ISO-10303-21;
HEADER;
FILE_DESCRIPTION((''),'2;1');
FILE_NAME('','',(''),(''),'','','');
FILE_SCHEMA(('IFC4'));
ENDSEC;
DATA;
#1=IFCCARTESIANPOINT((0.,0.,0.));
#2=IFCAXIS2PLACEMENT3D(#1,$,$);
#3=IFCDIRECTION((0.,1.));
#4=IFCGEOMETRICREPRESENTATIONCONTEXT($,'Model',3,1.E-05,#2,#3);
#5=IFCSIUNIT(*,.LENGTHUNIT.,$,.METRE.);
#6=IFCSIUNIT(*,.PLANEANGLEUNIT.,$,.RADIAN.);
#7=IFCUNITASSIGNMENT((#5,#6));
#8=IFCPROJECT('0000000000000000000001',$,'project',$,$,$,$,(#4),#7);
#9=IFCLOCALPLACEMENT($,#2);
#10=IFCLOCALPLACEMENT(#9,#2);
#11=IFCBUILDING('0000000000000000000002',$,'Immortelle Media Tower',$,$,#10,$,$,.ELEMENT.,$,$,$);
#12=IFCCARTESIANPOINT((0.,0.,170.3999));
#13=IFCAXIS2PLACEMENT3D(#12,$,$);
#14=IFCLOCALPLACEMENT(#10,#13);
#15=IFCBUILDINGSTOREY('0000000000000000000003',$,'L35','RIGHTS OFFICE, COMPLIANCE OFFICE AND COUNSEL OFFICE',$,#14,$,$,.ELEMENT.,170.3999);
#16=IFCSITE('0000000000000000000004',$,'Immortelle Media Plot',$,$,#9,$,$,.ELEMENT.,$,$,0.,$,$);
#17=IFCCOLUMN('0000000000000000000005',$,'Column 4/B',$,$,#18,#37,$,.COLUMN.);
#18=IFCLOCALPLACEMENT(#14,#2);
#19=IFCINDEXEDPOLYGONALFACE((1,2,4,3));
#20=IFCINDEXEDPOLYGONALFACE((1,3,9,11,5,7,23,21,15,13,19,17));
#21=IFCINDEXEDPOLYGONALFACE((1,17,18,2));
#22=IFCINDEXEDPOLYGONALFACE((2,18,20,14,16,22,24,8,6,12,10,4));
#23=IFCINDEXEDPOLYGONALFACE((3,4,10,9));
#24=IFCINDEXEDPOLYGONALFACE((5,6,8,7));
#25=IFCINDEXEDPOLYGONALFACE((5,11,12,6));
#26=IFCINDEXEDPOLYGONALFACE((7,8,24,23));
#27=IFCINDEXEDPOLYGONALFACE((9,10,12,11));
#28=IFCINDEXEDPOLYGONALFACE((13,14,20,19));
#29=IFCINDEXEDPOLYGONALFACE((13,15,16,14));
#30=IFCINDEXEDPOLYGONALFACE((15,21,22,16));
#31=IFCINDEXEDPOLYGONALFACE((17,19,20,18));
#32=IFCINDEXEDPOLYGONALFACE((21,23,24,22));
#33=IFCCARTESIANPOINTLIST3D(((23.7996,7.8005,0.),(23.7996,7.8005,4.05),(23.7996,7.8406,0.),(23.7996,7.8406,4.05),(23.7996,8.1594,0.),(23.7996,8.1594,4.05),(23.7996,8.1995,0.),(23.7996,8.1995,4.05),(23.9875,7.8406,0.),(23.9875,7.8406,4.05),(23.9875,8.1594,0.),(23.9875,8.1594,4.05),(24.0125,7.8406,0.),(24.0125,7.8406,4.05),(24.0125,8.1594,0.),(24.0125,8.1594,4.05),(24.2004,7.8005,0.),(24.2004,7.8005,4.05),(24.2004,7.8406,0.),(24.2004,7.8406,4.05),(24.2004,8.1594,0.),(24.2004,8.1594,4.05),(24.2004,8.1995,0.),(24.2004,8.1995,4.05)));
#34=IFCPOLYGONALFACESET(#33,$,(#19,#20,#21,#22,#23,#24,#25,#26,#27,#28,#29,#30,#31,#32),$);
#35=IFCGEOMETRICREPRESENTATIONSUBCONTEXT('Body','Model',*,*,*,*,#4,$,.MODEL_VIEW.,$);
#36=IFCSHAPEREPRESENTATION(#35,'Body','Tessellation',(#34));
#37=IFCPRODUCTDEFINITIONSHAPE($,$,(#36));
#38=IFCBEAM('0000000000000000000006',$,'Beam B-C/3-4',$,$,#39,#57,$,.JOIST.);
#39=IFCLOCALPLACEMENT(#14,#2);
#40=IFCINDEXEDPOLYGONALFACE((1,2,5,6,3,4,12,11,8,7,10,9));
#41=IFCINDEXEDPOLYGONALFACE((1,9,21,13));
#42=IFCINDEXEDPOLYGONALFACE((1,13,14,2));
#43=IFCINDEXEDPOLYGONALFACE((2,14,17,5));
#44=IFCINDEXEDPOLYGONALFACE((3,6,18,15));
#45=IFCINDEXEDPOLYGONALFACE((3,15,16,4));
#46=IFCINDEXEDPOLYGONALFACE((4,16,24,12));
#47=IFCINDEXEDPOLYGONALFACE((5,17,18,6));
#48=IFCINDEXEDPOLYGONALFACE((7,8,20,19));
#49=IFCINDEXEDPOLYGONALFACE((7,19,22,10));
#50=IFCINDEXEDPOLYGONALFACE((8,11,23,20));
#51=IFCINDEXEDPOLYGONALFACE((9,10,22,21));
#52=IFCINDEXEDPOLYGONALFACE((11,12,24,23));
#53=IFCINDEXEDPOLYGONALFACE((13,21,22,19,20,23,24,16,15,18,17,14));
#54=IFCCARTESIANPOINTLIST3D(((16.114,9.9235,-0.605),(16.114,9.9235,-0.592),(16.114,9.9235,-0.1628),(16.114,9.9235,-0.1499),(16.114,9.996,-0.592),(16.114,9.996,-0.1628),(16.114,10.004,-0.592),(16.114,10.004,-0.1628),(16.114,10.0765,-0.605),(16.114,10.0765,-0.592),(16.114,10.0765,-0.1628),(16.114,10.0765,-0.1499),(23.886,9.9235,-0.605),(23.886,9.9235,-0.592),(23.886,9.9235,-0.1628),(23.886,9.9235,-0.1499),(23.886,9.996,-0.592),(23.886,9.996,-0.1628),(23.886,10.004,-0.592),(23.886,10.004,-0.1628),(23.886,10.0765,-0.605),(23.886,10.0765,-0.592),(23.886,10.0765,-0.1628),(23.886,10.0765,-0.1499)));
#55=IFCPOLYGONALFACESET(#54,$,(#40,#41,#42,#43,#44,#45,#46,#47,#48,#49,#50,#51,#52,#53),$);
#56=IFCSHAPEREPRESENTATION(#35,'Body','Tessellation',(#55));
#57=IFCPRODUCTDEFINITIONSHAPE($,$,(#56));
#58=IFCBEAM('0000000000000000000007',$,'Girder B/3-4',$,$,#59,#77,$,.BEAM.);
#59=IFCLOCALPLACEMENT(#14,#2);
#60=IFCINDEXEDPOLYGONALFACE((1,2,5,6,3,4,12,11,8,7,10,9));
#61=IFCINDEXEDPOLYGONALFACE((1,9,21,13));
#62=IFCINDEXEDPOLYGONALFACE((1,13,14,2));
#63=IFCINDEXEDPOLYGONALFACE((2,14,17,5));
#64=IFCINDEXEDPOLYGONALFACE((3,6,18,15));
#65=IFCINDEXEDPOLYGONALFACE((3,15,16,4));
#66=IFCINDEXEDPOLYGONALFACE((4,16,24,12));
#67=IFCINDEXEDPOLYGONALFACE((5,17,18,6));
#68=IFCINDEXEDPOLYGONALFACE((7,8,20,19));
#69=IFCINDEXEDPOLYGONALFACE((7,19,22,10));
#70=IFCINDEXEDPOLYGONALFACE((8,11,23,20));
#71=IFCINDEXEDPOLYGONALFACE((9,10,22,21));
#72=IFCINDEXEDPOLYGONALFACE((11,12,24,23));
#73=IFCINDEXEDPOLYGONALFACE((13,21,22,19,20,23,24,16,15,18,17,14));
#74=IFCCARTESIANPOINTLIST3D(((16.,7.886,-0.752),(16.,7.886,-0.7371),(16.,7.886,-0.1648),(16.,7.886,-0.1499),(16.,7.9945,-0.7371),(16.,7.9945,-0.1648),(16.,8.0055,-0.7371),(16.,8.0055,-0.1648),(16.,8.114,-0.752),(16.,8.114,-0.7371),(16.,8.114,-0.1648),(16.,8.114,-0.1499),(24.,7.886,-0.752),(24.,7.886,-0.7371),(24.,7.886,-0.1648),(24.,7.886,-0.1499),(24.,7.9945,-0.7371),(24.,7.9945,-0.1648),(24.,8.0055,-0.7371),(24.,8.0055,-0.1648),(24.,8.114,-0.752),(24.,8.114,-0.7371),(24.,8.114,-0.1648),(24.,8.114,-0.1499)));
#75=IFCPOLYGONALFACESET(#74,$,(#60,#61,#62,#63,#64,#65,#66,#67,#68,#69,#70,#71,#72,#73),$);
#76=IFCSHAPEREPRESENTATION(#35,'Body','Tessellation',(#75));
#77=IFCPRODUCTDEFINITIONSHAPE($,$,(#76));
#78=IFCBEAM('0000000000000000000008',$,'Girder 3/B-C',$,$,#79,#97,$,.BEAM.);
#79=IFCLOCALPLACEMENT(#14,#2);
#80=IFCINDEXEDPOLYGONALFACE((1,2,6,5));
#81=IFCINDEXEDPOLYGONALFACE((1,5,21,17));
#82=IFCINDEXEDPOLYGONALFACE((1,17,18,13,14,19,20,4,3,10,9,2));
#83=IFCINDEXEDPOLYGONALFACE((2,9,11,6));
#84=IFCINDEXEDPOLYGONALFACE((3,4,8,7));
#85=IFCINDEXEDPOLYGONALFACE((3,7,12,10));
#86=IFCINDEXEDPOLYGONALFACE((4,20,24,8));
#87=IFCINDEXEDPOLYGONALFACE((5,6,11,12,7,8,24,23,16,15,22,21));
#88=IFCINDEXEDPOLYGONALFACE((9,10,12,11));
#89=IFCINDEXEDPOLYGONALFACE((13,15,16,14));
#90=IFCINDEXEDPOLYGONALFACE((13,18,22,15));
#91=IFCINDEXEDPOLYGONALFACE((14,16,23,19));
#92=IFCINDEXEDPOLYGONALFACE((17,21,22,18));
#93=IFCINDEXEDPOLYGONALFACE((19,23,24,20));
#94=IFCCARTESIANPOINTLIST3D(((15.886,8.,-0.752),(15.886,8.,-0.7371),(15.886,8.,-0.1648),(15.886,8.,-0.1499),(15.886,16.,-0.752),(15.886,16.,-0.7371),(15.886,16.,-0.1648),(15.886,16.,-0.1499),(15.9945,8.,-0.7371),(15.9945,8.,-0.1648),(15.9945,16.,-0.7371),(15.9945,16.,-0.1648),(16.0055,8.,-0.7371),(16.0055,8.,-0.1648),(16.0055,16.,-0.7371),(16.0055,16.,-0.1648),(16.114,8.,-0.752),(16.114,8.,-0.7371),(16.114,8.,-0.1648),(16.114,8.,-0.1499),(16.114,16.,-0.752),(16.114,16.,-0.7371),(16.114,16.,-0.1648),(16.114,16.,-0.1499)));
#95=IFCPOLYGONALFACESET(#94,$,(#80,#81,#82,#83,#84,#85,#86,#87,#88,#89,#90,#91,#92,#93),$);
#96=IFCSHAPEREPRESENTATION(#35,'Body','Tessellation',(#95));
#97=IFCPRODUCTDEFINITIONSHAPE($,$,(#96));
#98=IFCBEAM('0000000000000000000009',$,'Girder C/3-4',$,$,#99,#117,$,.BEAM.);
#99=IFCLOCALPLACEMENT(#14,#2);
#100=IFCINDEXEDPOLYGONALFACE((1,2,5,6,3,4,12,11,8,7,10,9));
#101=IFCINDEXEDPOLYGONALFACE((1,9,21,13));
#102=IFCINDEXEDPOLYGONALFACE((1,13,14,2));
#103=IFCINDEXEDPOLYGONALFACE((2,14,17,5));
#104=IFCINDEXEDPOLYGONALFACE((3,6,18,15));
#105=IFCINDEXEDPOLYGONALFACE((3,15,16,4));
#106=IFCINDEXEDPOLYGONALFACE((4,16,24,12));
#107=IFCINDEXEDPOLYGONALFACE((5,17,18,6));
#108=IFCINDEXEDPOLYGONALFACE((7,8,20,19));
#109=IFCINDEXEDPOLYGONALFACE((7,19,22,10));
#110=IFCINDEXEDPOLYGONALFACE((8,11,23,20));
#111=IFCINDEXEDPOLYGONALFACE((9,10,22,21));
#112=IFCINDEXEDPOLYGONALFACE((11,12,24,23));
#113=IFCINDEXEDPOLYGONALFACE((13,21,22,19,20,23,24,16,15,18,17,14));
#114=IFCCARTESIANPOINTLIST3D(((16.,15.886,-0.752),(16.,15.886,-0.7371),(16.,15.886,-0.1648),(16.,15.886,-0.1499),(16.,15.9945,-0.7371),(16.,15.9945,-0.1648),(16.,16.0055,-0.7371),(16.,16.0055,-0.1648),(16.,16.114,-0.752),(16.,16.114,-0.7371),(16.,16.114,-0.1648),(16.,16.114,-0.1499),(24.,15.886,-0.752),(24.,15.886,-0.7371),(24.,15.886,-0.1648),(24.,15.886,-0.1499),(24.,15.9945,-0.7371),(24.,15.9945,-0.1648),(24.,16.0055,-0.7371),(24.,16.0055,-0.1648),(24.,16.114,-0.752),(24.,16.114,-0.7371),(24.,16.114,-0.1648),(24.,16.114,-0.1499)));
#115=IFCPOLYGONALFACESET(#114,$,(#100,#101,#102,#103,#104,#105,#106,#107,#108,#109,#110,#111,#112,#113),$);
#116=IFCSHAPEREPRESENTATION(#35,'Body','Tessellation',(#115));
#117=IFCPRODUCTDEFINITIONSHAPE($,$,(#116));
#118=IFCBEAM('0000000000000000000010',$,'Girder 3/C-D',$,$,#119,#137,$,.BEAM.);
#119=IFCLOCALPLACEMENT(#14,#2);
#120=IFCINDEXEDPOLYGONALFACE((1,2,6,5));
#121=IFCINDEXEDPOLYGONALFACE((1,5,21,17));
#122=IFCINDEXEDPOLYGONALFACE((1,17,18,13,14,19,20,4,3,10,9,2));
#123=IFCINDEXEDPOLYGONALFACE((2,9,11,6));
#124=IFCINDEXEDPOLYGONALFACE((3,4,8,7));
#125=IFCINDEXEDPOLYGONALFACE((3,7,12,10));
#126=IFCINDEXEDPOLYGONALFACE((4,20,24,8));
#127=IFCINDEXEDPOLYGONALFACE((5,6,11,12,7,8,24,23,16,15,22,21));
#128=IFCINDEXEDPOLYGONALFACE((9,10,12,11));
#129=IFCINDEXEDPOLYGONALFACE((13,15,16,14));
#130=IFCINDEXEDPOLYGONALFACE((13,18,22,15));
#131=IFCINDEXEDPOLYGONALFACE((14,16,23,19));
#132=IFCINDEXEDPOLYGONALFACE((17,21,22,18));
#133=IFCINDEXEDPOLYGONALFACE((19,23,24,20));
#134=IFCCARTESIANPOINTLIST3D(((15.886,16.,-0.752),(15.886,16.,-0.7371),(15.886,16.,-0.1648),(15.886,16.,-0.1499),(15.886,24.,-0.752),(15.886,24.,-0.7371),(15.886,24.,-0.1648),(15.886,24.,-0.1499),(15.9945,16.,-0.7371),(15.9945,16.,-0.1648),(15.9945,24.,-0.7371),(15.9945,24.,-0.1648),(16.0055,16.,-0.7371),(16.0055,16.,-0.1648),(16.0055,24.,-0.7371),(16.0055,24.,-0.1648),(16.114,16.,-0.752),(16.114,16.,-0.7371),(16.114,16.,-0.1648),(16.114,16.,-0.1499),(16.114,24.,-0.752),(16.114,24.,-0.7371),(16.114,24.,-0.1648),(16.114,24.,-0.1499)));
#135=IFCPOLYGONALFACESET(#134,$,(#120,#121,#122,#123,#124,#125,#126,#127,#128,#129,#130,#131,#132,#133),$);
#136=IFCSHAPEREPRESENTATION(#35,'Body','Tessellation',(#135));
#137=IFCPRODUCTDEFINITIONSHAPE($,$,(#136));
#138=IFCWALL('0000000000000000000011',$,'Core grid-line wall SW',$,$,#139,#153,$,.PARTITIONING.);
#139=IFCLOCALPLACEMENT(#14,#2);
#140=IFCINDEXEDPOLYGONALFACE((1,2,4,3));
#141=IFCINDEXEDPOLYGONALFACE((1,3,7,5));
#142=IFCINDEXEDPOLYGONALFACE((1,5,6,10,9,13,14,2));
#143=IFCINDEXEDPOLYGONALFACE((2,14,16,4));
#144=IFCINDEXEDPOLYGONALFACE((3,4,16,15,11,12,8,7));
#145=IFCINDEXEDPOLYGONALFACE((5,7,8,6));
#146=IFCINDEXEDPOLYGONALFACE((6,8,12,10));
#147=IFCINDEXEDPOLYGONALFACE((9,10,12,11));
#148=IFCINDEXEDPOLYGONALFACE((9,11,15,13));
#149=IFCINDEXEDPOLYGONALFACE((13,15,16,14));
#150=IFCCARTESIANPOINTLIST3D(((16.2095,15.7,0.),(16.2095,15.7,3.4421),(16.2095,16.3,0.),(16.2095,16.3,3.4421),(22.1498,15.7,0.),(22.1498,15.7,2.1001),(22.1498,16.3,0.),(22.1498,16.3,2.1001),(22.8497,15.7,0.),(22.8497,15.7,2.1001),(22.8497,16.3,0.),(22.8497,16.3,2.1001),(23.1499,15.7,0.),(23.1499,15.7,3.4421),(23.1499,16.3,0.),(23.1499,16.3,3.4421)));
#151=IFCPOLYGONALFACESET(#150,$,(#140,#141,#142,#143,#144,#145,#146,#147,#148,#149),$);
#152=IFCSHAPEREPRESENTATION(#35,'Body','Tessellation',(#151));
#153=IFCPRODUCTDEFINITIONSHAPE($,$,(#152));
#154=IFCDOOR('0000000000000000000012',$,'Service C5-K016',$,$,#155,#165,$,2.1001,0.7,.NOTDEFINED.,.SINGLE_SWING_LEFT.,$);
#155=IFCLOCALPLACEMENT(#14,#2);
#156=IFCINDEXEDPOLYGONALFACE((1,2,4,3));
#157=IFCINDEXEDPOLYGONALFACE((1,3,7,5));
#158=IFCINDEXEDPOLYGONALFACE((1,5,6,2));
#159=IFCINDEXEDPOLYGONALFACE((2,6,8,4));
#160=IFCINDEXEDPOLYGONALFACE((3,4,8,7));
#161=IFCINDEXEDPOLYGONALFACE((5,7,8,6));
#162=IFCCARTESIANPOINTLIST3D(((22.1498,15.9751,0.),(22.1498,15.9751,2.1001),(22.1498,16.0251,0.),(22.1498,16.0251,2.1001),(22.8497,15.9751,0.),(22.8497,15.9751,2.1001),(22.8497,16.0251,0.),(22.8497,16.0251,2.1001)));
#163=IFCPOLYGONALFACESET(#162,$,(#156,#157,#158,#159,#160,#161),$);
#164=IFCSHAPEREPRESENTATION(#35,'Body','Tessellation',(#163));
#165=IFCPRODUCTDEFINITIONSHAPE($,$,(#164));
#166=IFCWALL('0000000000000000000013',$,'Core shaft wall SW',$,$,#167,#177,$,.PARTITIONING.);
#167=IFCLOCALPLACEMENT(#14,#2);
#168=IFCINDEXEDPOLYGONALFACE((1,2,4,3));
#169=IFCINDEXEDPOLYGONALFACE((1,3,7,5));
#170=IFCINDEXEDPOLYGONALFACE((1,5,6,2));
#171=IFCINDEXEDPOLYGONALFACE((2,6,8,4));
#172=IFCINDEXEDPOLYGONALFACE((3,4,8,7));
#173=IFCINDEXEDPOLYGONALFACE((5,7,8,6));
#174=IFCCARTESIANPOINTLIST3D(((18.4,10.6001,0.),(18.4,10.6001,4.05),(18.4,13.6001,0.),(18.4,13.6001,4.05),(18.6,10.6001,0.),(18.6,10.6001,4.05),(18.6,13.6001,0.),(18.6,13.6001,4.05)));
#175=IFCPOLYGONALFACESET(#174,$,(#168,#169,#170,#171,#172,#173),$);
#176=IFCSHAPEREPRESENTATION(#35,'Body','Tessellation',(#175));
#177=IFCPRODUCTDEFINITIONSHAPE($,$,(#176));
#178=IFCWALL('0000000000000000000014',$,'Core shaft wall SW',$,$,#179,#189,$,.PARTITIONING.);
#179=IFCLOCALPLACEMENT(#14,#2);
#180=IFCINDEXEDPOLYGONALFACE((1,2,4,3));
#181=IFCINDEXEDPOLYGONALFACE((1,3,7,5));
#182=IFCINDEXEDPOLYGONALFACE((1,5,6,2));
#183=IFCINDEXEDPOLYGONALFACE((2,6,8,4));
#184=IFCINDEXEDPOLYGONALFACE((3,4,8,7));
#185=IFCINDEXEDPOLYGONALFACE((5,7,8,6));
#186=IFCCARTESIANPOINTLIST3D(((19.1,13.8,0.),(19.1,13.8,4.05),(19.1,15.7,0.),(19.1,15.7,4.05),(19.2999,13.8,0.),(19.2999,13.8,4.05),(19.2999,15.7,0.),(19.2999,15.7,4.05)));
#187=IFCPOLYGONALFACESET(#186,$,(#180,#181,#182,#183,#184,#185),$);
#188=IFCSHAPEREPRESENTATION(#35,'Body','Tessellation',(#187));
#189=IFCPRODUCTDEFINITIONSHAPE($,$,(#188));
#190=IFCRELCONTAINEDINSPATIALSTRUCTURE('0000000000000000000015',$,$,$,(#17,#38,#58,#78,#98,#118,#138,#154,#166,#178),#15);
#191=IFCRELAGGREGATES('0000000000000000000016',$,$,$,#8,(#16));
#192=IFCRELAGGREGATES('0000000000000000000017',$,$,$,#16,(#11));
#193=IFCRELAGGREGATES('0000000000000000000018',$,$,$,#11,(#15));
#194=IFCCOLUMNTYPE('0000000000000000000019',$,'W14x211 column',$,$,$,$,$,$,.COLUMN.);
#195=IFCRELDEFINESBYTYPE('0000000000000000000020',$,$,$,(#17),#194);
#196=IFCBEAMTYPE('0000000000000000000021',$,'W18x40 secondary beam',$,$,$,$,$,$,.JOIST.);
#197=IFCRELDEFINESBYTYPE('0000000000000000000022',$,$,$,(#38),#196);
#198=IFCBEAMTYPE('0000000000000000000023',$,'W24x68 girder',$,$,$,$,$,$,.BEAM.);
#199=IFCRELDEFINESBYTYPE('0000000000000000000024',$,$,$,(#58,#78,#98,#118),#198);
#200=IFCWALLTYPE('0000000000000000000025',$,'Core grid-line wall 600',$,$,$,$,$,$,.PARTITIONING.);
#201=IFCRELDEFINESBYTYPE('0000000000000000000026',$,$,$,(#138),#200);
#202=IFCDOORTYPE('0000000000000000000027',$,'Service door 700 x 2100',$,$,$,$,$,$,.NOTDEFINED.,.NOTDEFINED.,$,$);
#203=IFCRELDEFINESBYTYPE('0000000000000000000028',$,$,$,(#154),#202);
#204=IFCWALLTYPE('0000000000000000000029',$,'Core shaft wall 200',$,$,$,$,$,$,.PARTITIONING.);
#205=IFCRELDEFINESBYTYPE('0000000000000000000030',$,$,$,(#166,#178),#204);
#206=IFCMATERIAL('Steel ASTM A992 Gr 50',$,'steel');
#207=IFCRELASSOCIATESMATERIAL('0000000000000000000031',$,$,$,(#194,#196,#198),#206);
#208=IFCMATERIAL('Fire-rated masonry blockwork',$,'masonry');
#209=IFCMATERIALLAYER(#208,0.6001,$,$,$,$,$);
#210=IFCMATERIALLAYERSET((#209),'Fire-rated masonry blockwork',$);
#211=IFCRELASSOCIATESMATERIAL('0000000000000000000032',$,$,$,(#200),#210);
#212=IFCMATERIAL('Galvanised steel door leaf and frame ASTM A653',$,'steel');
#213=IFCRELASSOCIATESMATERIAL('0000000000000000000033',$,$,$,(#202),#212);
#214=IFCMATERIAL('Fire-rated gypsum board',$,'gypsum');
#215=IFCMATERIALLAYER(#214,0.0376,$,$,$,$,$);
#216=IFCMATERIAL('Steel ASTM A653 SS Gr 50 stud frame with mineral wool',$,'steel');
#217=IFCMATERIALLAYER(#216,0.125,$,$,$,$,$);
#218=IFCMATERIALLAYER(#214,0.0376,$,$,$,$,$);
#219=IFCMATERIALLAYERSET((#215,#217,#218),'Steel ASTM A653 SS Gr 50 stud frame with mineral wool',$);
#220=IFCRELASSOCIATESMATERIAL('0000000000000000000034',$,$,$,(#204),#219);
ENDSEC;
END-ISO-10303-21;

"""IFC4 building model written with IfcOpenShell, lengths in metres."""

from ifc_helpers import new_model, si_unit, direction, frame, frame_2d, origin, origin_2d, place, context, subcontext, project, spatial, rectangle, i_section, extrude, material, layer, layer_set, material_profile, profile_set, type_object, element, fill, save


model = new_model("IFC4")

# Units and contexts
model_context = context("Model", 3, precision=1e-05, world=origin(), true_north=direction((0.0, 1.0)))
body_context = subcontext(model_context, "Body", "Model", "MODEL_VIEW")
ifc_project = project(units=[si_unit("LENGTHUNIT", "METRE"), si_unit("PLANEANGLEUNIT", "RADIAN")], contexts=[model_context])

# Site, building, storey
site_placement = place(None, origin())
site = spatial("IfcSite", under=ifc_project, at=site_placement, Name="Immortelle Media Plot", CompositionType="ELEMENT", RefElevation=0.0)
building_placement = place(site_placement, origin())
building = spatial("IfcBuilding", under=site, at=building_placement, Name="Immortelle Media Tower", CompositionType="ELEMENT")
storey_placement = place(building_placement, frame((0.0, 0.0, 170.3999)))
storey = spatial("IfcBuildingStorey", under=building, at=storey_placement, Name="L35", Description="RIGHTS OFFICE, COMPLIANCE OFFICE AND COUNSEL OFFICE", CompositionType="ELEMENT", Elevation=170.3999)

# Column
ifc_material_1 = material(Name="Steel ASTM A992 Gr 50", Category="steel")
ifc_material_profile_1 = material_profile(ifc_material_1, i_section(OverallWidth=0.4009, OverallDepth=0.3989, WebThickness=0.0249, FlangeThickness=0.04, at=origin_2d()), Name="W14x211")
ifc_profile_set_1 = profile_set([ifc_material_profile_1], Name="Steel ASTM A992 Gr 50")
column_type = type_object("IfcColumnType", Name="W14x211 column", PredefinedType="COLUMN", material=ifc_profile_set_1)
column_placement = place(storey_placement, frame((24.0, 8.0, 0.0), z_axis=(0.0, 0.0, 1.0), x_axis=(1.0, 0.0, 0.0)))
element("IfcColumn", 1, at=column_placement, inside=storey, type_object=column_type, Name="Column 4/B", PredefinedType="COLUMN", context=body_context, shape_type="SweptSolid", body=[
    extrude(i_section(OverallWidth=0.4009, OverallDepth=0.3989, WebThickness=0.0249, FlangeThickness=0.04, at=origin_2d()), origin(), (0.0, 0.0, 1.0), 4.05),
])

# Beams
ifc_material_profile_2 = material_profile(ifc_material_1, i_section(OverallWidth=0.1531, OverallDepth=0.4551, WebThickness=0.0081, FlangeThickness=0.0129, at=origin_2d()), Name="W18x40")
ifc_profile_set_2 = profile_set([ifc_material_profile_2], Name="Steel ASTM A992 Gr 50")
beam_type_1 = type_object("IfcBeamType", Name="W18x40 secondary beam", PredefinedType="JOIST", material=ifc_profile_set_2)
beam_placement = place(storey_placement, frame((16.114, 10.0, -0.3774), z_axis=(1.0, 0.0, 0.0), x_axis=(0.0, 1.0, 0.0)))
element("IfcBeam", 2, at=beam_placement, inside=storey, type_object=beam_type_1, Name="Beam B-C/3-4", PredefinedType="JOIST", context=body_context, shape_type="SweptSolid", body=[
    extrude(i_section(OverallWidth=0.1531, OverallDepth=0.4551, WebThickness=0.0081, FlangeThickness=0.0129, at=origin_2d()), origin(), (0.0, 0.0, 1.0), 7.772),
])
ifc_material_profile_3 = material_profile(ifc_material_1, i_section(OverallWidth=0.228, OverallDepth=0.6021, WebThickness=0.011, FlangeThickness=0.0149, at=origin_2d()), Name="W24x68")
ifc_profile_set_3 = profile_set([ifc_material_profile_3], Name="Steel ASTM A992 Gr 50")
beam_type_2 = type_object("IfcBeamType", Name="W24x68 girder", PredefinedType="BEAM", material=ifc_profile_set_3)
for number, where, z_axis, x_axis, name in (
    (3, (16.0, 8.0, -0.4509), (1.0, 0.0, 0.0), (0.0, 1.0, 0.0), "Girder B/3-4"),
    (4, (16.0, 8.0, -0.4509), (0.0, 1.0, 0.0), (-1.0, 0.0, 0.0), "Girder 3/B-C"),
    (5, (16.0, 16.0, -0.4509), (1.0, 0.0, 0.0), (0.0, 1.0, 0.0), "Girder C/3-4"),
    (6, (16.0, 16.0, -0.4509), (0.0, 1.0, 0.0), (-1.0, 0.0, 0.0), "Girder 3/C-D"),
):
    element("IfcBeam", number, at=place(storey_placement, frame(where, z_axis=z_axis, x_axis=x_axis)), inside=storey, type_object=beam_type_2, Name=name, PredefinedType="BEAM", context=body_context, shape_type="SweptSolid", body=[
        extrude(i_section(OverallWidth=0.228, OverallDepth=0.6021, WebThickness=0.011, FlangeThickness=0.0149, at=origin_2d()), origin(), (0.0, 0.0, 1.0), 8.0),
    ])

# Wall, opening, door
ifc_material_2 = material(Name="Fire-rated masonry blockwork", Category="masonry")
ifc_layer_1 = layer(ifc_material_2, 0.6001)
ifc_layer_set_1 = layer_set([ifc_layer_1], Name="Fire-rated masonry blockwork")
wall_type_1 = type_object("IfcWallType", Name="Core grid-line wall 600", PredefinedType="PARTITIONING", material=ifc_layer_set_1)
wall_1_placement = place(storey_placement, frame((16.2095, 16.0, 0.0), z_axis=(0.0, 0.0, 1.0), x_axis=(1.0, 0.0, 0.0)))
wall_1 = element("IfcWall", 7, at=wall_1_placement, inside=storey, type_object=wall_type_1, Name="Core grid-line wall SW", PredefinedType="PARTITIONING", context=body_context, shape_type="SweptSolid", body=[
    extrude(rectangle(XDim=6.9404, YDim=0.6001, at=frame_2d((3.4702, 0.0))), origin(), (0.0, 0.0, 1.0), 3.4421),
])
opening_1_placement = place(wall_1_placement, frame((6.6404, 0.0, 0.0), z_axis=(0.0, 0.0, 1.0), x_axis=(-1.0, 0.0, 0.0)))
opening_1 = element("IfcOpeningElement", 8, at=opening_1_placement, cuts=wall_1, PredefinedType="OPENING", context=body_context, shape_type="SweptSolid", body=[
    extrude(rectangle(XDim=0.7, YDim=2.1001, at=frame_2d((0.3501, 1.05))), frame((0.0, 0.3101, 0.0), z_axis=(0.0, -1.0, 0.0), x_axis=(1.0, 0.0, 0.0)), (0.0, 0.0, 1.0), 0.6201),
])
ifc_material_3 = material(Name="Galvanised steel door leaf and frame ASTM A653", Category="steel")
door_type_1 = type_object("IfcDoorType", Name="Service door 700 x 2100", OperationType="NOTDEFINED", PredefinedType="NOTDEFINED", material=ifc_material_3)
door_1_placement = place(opening_1_placement, origin())
door_1 = element("IfcDoor", 9, at=door_1_placement, inside=storey, type_object=door_type_1, Name="Service C5-K016", OperationType="SINGLE_SWING_LEFT", OverallHeight=2.1001, OverallWidth=0.7, PredefinedType="NOTDEFINED", context=body_context, shape_type="SweptSolid", body=[
    extrude(rectangle(XDim=0.7, YDim=2.1001, at=frame_2d((0.3501, 1.05))), frame((0.0, 0.0249, 0.0), z_axis=(0.0, -1.0, 0.0), x_axis=(1.0, 0.0, 0.0)), (0.0, 0.0, 1.0), 0.05),
])
fill(opening_1, door_1)

# Walls
ifc_material_4 = material(Name="Fire-rated gypsum board", Category="gypsum")
ifc_layer_2 = layer(ifc_material_4, 0.0376)
ifc_material_5 = material(Name="Steel ASTM A653 SS Gr 50 stud frame with mineral wool", Category="steel")
ifc_layer_3 = layer(ifc_material_5, 0.125)
ifc_layer_4 = layer(ifc_material_4, 0.0376)
ifc_layer_set_2 = layer_set([ifc_layer_2, ifc_layer_3, ifc_layer_4], Name="Steel ASTM A653 SS Gr 50 stud frame with mineral wool")
wall_type_2 = type_object("IfcWallType", Name="Core shaft wall 200", PredefinedType="PARTITIONING", material=ifc_layer_set_2)
wall_2_placement = place(storey_placement, frame((18.5, 10.6001, 0.0), z_axis=(0.0, 0.0, 1.0), x_axis=(0.0, 1.0, 0.0)))
element("IfcWall", 10, at=wall_2_placement, inside=storey, type_object=wall_type_2, Name="Core shaft wall SW", PredefinedType="PARTITIONING", context=body_context, shape_type="SweptSolid", body=[
    extrude(rectangle(XDim=3.0, YDim=0.2, at=frame_2d((1.5, 0.0))), origin(), (0.0, 0.0, 1.0), 4.05),
])
wall_3_placement = place(storey_placement, frame((19.2, 13.8, 0.0), z_axis=(0.0, 0.0, 1.0), x_axis=(0.0, 1.0, 0.0)))
element("IfcWall", 11, at=wall_3_placement, inside=storey, type_object=wall_type_2, Name="Core shaft wall SW", PredefinedType="PARTITIONING", context=body_context, shape_type="SweptSolid", body=[
    extrude(rectangle(XDim=1.8999, YDim=0.2, at=frame_2d((0.95, 0.0))), origin(), (0.0, 0.0, 1.0), 4.05),
])

save(model, "model.ifc")
